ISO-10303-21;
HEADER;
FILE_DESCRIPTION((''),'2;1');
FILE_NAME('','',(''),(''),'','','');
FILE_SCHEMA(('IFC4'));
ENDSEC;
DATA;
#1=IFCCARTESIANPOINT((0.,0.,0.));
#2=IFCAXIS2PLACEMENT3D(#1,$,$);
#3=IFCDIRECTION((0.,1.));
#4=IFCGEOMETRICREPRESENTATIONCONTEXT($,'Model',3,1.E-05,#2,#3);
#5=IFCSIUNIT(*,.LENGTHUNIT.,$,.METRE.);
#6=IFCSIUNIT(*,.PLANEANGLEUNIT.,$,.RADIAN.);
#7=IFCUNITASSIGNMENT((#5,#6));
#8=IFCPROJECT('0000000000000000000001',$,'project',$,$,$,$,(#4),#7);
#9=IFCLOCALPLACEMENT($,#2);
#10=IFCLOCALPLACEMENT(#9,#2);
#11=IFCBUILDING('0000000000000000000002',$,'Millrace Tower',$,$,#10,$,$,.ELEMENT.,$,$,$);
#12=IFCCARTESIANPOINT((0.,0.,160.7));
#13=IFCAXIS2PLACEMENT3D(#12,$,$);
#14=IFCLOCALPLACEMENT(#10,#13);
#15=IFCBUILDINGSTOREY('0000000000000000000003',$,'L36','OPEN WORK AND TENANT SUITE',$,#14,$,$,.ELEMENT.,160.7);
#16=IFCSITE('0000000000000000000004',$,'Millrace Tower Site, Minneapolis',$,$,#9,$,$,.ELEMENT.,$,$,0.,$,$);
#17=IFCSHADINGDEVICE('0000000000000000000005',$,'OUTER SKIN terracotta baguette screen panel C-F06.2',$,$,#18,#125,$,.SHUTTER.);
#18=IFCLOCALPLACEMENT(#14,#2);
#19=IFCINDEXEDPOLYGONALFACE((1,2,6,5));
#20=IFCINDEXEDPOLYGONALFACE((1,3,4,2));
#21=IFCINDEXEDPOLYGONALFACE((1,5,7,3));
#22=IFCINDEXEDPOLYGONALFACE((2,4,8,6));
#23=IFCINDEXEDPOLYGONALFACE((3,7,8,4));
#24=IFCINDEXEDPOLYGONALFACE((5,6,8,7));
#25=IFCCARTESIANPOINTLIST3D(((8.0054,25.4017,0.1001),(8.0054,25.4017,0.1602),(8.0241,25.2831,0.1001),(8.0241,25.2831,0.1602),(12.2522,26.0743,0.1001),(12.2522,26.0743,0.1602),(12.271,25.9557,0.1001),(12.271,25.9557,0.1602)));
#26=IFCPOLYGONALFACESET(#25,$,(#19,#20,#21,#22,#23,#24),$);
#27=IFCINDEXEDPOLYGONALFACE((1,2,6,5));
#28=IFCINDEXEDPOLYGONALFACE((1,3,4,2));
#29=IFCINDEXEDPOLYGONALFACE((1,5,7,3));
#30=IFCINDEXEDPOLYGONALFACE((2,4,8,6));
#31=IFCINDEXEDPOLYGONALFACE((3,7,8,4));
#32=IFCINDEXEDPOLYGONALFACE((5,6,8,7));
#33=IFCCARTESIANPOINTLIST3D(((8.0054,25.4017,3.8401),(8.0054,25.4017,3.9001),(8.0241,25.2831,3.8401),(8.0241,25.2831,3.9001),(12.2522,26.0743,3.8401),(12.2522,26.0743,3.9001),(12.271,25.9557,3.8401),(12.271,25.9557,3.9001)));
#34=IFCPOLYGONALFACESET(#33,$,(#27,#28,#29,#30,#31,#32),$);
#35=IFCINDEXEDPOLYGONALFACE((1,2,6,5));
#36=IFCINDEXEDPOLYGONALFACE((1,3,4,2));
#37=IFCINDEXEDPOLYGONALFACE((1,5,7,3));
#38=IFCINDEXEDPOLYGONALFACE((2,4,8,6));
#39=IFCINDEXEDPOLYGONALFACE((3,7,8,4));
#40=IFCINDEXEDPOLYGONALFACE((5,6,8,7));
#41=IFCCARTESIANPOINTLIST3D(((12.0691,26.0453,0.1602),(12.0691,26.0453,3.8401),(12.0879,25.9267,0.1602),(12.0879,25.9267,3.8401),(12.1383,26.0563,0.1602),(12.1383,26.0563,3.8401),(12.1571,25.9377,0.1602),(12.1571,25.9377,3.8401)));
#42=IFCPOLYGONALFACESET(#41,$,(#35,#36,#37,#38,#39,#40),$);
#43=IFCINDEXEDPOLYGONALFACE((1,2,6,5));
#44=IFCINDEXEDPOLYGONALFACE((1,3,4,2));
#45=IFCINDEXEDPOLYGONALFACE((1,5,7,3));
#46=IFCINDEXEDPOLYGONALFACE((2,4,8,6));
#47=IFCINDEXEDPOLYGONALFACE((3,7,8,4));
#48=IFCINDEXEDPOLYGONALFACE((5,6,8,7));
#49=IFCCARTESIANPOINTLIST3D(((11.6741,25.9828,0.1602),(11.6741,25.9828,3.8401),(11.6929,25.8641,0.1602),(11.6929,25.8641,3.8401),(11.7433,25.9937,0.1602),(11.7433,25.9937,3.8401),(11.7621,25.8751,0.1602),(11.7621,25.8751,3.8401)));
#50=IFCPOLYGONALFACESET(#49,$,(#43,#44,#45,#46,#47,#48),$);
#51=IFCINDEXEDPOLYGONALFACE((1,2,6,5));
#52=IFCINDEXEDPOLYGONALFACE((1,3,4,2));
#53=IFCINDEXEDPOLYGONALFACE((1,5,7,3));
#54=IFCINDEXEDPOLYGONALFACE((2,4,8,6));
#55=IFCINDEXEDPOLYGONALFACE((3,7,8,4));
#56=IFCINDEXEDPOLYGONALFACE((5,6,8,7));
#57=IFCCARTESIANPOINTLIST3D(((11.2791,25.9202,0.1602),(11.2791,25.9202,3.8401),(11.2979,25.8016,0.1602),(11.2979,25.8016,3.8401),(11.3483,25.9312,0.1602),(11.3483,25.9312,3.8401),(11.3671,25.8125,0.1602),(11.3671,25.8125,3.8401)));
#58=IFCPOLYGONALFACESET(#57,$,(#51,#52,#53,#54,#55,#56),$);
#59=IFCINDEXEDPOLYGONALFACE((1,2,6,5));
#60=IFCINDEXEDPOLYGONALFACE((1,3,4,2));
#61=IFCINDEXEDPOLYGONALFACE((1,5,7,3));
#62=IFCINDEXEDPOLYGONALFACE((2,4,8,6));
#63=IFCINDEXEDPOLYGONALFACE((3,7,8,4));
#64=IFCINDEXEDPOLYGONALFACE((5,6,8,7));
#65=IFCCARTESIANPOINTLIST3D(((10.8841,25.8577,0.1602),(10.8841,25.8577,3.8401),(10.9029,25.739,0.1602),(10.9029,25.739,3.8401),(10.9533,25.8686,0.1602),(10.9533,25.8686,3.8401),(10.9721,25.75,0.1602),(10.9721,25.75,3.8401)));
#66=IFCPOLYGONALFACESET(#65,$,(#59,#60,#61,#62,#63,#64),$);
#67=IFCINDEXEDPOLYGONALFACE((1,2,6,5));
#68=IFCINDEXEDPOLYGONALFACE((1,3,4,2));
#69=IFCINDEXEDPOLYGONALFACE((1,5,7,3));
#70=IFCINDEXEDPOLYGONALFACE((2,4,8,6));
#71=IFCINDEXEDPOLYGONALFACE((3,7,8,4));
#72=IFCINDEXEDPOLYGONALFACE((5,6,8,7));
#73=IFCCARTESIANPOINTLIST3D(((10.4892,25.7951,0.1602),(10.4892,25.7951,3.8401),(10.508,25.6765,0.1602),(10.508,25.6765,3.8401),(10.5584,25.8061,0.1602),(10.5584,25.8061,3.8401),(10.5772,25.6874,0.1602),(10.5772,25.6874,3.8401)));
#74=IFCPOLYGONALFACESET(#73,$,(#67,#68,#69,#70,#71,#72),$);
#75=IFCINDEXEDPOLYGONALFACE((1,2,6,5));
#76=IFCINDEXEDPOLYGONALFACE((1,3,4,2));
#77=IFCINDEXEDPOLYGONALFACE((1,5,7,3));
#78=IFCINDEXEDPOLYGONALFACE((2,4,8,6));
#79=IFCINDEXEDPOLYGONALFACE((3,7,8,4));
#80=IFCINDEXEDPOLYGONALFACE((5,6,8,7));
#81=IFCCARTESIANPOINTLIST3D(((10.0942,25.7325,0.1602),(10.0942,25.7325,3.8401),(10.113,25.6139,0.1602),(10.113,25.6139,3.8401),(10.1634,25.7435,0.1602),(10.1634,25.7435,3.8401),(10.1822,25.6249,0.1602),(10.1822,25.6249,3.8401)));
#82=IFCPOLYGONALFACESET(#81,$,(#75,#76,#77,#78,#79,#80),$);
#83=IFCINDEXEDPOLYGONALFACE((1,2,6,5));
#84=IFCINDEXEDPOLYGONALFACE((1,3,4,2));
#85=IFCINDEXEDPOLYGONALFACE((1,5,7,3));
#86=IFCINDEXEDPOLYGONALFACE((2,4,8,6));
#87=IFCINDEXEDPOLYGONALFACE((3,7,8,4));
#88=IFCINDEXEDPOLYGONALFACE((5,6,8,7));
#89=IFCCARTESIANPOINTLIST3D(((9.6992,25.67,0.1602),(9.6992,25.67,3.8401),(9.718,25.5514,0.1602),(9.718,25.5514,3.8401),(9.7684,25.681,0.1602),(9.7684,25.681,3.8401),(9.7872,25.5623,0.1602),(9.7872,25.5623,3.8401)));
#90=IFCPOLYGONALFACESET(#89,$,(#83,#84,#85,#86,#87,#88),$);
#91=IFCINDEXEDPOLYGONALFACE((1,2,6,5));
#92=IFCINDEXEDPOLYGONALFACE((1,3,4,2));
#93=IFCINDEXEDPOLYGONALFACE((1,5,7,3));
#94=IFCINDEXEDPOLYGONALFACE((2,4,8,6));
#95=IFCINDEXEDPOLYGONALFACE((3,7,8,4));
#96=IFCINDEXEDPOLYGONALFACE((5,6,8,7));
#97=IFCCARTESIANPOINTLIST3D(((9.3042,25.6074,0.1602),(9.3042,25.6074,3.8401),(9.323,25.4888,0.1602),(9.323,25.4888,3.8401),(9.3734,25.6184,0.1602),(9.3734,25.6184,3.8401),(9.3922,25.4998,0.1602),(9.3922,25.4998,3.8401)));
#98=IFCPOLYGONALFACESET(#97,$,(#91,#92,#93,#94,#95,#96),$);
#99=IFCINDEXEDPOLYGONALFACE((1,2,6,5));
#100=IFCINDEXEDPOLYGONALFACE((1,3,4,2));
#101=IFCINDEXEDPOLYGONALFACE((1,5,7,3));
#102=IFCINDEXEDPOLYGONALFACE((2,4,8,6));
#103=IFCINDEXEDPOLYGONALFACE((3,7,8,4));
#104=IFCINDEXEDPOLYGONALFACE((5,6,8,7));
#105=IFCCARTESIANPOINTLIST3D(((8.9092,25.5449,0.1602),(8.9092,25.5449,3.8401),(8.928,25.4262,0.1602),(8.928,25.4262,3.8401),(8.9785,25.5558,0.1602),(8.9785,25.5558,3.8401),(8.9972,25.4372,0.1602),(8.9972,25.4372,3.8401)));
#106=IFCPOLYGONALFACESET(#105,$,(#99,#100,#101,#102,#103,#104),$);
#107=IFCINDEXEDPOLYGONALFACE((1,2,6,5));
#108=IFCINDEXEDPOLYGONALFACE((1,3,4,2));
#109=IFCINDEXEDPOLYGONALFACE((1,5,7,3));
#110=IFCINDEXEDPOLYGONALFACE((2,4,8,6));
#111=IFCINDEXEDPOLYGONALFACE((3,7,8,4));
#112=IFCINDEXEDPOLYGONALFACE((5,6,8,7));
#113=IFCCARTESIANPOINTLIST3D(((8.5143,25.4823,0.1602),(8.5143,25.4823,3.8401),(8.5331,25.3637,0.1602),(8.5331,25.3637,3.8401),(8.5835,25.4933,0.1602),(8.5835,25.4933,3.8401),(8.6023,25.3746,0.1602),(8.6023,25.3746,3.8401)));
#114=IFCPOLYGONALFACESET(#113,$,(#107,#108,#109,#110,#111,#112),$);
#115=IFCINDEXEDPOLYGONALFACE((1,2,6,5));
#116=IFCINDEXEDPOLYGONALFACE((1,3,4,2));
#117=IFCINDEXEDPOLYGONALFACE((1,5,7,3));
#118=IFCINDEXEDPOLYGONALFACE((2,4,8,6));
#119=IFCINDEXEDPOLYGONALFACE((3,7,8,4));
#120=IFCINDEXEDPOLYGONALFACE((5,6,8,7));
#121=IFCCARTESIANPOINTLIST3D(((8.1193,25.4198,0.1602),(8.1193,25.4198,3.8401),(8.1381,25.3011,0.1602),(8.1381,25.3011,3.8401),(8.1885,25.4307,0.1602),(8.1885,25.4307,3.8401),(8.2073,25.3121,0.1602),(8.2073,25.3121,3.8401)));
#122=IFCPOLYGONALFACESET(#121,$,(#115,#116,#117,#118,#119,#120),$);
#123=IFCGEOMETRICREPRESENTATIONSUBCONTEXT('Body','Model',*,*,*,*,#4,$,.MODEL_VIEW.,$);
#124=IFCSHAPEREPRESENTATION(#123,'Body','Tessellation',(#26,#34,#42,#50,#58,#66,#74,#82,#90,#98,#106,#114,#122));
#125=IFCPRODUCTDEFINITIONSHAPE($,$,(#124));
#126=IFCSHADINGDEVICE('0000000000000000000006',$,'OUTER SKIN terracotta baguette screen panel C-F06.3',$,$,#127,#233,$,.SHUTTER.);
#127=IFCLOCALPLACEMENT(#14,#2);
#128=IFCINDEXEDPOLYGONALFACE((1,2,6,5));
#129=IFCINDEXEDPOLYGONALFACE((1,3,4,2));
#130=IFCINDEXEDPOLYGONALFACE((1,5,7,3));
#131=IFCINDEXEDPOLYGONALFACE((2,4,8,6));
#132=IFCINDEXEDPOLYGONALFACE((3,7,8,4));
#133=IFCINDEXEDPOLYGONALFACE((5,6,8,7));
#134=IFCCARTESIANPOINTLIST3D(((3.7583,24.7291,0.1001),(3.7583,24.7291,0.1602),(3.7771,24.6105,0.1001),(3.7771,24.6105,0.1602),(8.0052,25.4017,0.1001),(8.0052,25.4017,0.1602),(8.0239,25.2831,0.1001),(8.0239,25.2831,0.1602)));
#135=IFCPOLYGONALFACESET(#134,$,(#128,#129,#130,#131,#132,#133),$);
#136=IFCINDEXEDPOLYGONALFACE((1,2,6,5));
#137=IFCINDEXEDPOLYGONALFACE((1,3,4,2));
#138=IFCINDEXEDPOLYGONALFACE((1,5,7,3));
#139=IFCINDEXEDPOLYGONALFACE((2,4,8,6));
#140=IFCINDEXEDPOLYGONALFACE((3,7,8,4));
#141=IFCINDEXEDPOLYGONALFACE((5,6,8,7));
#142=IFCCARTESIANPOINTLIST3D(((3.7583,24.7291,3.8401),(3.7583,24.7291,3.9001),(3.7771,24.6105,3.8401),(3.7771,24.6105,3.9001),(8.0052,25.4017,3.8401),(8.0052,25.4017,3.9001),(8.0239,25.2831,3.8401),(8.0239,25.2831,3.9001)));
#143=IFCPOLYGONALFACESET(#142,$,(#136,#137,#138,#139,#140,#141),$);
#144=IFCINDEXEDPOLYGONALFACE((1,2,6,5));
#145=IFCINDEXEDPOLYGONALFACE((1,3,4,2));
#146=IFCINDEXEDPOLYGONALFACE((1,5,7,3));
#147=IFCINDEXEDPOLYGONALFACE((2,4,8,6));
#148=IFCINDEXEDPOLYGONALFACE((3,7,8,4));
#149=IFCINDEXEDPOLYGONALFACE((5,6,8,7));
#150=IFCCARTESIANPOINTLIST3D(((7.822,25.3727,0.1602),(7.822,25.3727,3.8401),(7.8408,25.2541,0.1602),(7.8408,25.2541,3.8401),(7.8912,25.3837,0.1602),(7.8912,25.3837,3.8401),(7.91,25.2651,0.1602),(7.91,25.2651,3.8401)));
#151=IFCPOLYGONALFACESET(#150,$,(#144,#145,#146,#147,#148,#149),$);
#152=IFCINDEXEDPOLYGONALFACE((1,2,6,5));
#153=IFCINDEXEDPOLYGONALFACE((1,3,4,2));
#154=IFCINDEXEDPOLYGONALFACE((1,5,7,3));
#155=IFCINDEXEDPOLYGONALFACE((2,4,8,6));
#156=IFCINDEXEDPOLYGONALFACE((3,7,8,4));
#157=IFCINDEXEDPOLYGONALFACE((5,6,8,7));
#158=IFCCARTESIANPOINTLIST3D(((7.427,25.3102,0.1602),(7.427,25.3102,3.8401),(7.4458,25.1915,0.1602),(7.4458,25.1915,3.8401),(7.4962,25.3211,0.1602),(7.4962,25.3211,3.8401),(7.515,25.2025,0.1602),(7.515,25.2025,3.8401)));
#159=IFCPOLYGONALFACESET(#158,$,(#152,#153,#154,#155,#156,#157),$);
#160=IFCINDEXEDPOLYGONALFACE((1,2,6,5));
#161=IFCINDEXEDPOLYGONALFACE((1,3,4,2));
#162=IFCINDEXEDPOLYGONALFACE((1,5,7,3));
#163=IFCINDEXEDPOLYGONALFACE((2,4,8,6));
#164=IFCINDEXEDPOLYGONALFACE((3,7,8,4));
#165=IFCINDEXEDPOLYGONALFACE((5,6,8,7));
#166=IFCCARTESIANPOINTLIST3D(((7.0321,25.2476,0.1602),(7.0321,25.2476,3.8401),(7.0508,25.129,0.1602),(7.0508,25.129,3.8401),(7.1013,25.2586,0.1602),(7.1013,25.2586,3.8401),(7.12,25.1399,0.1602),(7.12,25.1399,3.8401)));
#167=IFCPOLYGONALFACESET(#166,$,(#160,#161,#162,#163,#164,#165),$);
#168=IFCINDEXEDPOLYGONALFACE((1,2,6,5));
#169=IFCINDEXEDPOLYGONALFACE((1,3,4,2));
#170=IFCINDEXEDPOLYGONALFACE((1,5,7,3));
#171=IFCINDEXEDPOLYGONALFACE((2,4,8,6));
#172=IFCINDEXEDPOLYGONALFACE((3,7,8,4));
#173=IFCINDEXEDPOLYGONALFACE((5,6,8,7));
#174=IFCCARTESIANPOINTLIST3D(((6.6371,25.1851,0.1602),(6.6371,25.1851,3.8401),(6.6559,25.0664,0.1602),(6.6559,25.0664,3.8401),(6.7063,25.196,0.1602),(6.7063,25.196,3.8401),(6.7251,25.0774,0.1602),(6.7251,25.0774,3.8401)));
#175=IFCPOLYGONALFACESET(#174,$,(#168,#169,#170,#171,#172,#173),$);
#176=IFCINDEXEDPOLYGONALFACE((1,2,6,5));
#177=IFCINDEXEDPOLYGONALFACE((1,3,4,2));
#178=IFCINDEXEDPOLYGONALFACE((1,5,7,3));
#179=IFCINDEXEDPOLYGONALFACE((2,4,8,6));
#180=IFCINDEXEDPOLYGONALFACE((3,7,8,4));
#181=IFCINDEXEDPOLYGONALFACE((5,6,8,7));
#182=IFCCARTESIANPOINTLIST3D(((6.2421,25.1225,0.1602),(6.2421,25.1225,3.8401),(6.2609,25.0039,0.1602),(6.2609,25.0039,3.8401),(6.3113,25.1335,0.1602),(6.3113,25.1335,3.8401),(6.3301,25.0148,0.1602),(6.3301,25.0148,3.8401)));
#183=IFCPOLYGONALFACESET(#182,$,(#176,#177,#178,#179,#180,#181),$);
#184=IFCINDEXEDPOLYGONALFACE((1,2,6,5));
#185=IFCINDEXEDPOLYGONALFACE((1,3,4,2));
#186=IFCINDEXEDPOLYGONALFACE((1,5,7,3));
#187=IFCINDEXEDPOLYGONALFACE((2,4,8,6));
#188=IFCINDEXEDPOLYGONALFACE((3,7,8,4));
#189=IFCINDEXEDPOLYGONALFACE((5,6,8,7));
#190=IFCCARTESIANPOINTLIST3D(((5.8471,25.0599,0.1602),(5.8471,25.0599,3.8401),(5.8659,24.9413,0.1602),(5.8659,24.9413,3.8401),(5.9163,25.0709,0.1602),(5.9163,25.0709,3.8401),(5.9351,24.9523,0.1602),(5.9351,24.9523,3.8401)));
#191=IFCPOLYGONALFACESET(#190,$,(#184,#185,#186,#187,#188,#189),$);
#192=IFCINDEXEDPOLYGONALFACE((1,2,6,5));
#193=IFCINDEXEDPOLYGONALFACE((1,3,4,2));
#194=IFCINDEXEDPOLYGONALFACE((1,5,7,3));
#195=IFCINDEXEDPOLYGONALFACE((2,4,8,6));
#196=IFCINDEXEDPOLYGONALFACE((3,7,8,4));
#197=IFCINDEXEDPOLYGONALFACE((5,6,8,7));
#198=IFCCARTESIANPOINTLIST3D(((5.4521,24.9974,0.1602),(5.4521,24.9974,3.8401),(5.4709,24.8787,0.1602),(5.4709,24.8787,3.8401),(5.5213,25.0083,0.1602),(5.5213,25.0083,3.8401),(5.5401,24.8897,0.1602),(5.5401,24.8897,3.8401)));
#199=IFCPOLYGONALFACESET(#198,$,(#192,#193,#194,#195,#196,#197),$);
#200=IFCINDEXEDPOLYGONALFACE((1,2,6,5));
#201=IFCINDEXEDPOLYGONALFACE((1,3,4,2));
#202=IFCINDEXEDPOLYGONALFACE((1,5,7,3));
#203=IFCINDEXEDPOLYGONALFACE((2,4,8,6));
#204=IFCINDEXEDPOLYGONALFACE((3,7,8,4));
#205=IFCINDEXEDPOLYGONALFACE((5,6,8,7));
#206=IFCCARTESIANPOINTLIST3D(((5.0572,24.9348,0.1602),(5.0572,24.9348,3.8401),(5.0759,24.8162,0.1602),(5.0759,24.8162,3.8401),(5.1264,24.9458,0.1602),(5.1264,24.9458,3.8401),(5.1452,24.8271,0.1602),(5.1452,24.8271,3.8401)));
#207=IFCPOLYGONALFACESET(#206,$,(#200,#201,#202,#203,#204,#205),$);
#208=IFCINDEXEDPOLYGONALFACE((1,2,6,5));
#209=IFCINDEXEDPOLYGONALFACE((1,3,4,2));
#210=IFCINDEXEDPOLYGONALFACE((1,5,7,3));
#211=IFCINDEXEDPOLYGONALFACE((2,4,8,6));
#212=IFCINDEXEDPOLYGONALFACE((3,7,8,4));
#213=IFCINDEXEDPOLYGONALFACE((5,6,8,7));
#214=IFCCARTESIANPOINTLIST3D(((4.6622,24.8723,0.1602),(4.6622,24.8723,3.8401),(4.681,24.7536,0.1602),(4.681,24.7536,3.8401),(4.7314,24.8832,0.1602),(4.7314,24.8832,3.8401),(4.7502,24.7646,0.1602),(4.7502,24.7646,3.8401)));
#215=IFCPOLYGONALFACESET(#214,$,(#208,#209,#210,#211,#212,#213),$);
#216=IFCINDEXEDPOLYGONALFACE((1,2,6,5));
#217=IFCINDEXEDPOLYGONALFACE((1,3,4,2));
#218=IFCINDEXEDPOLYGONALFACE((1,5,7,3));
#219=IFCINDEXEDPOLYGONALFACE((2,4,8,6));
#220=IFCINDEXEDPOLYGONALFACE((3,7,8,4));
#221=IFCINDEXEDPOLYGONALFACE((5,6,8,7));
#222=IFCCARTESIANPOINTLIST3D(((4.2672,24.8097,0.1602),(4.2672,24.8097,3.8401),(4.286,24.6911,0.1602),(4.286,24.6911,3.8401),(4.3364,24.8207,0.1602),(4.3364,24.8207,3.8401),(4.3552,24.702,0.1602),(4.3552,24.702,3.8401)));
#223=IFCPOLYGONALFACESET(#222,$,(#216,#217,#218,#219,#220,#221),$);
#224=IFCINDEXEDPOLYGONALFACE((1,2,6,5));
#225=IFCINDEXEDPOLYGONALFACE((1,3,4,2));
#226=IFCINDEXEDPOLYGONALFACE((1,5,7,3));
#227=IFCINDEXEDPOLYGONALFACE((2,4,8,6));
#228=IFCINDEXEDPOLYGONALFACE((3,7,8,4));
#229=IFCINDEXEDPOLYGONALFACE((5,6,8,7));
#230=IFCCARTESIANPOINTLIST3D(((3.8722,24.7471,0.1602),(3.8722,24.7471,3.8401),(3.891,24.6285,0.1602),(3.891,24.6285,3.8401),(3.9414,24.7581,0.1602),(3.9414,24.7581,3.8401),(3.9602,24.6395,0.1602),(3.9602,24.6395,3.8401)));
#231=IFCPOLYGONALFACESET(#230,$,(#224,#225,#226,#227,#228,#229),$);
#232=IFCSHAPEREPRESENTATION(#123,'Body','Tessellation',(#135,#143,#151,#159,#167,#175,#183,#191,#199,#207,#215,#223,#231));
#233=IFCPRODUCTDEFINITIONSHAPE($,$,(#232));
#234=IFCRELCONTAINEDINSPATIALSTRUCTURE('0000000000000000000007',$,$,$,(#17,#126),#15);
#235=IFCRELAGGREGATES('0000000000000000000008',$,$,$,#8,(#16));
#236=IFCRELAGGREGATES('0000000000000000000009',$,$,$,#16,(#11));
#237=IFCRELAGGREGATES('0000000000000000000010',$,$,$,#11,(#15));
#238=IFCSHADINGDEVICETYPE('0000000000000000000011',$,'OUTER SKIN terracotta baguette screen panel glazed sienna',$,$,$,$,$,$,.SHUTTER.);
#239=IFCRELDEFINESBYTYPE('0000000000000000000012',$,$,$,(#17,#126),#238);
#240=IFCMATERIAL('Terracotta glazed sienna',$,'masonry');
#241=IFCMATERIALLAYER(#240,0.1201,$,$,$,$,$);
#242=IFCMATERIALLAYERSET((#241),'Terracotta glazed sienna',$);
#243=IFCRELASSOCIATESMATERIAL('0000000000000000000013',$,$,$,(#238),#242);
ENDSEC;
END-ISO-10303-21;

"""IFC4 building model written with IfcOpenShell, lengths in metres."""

from ifc_helpers import new_model, entity, si_unit, direction, frame, frame_2d, origin, origin_2d, place, context, subcontext, project, spatial, rectangle, extrude, source, transform, mapped, material, layer, layer_set, type_object, element, save


model = new_model("IFC4")

# Units and contexts
model_context = context("Model", 3, precision=1e-05, world=origin(), true_north=direction((0.0, 1.0)))
body_context = subcontext(model_context, "Body", "Model", "MODEL_VIEW")
ifc_project = project(units=[si_unit("LENGTHUNIT", "METRE"), si_unit("PLANEANGLEUNIT", "RADIAN")], contexts=[model_context])

# Site, building, storey
site_placement = place(None, origin())
site = spatial("IfcSite", under=ifc_project, at=site_placement, Name="Millrace Tower Site, Minneapolis", CompositionType="ELEMENT", RefElevation=0.0)
building_placement = place(site_placement, origin())
building = spatial("IfcBuilding", under=site, at=building_placement, Name="Millrace Tower", CompositionType="ELEMENT")
storey_placement = place(building_placement, frame((0.0, 0.0, 160.7)))
storey = spatial("IfcBuildingStorey", under=building, at=storey_placement, Name="L36", Description="OPEN WORK AND TENANT SUITE", CompositionType="ELEMENT", Elevation=160.7)

# Shading devices
ifc_material_1 = material(Name="Terracotta glazed sienna", Category="masonry")
ifc_layer_1 = layer(ifc_material_1, 0.1201)
ifc_layer_set_1 = layer_set([ifc_layer_1], Name="Terracotta glazed sienna")
shading_device_type = type_object("IfcShadingDeviceType", Name="OUTER SKIN terracotta baguette screen panel glazed sienna", PredefinedType="SHUTTER", material=ifc_layer_set_1)
cartesian_point_1 = entity("IfcCartesianPoint", [-2.1499, 0.0601])
shared_polyline_1 = entity("IfcPolyline", [cartesian_point_1, entity("IfcCartesianPoint", [2.1499, 0.0601]), entity("IfcCartesianPoint", [2.1499, -0.0601]), entity("IfcCartesianPoint", [-2.1499, -0.0601]), cartesian_point_1])
shared_shape_1 = source(origin(), body_context, "Body", "SweptSolid", [
    entity("IfcExtrudedAreaSolid", entity("IfcArbitraryClosedProfileDef", "AREA", None, shared_polyline_1), entity("IfcAxis2Placement3D", entity("IfcCartesianPoint", [0.0, 0.0, 0.0])), entity("IfcDirection", [0.0, 0.0, 1.0]), 0.0601),
    entity("IfcExtrudedAreaSolid", entity("IfcArbitraryClosedProfileDef", "AREA", None, shared_polyline_1), entity("IfcAxis2Placement3D", entity("IfcCartesianPoint", [0.0, 0.0, 3.74])), entity("IfcDirection", [0.0, 0.0, 1.0]), 0.0601),
    extrude(rectangle(XDim=0.0701, YDim=0.1201, at=frame_2d((-1.9995, 0.0))), frame((0.0, 0.0, 0.0601)), (0.0, 0.0, 1.0), 3.6799),
    extrude(rectangle(XDim=0.0701, YDim=0.1201, at=frame_2d((-1.5996, 0.0))), frame((0.0, 0.0, 0.0601)), (0.0, 0.0, 1.0), 3.6799),
    extrude(rectangle(XDim=0.0701, YDim=0.1201, at=frame_2d((-1.1997, 0.0))), frame((0.0, 0.0, 0.0601)), (0.0, 0.0, 1.0), 3.6799),
    extrude(rectangle(XDim=0.0701, YDim=0.1201, at=frame_2d((-0.7998, 0.0))), frame((0.0, 0.0, 0.0601)), (0.0, 0.0, 1.0), 3.6799),
    extrude(rectangle(XDim=0.0701, YDim=0.1201, at=frame_2d((-0.3999, 0.0))), frame((0.0, 0.0, 0.0601)), (0.0, 0.0, 1.0), 3.6799),
    extrude(rectangle(XDim=0.0701, YDim=0.1201, at=origin_2d()), frame((0.0, 0.0, 0.0601)), (0.0, 0.0, 1.0), 3.6799),
    extrude(rectangle(XDim=0.0701, YDim=0.1201, at=frame_2d((0.3999, 0.0))), frame((0.0, 0.0, 0.0601)), (0.0, 0.0, 1.0), 3.6799),
    extrude(rectangle(XDim=0.0701, YDim=0.1201, at=frame_2d((0.7998, 0.0))), frame((0.0, 0.0, 0.0601)), (0.0, 0.0, 1.0), 3.6799),
    extrude(rectangle(XDim=0.0701, YDim=0.1201, at=frame_2d((1.1997, 0.0))), frame((0.0, 0.0, 0.0601)), (0.0, 0.0, 1.0), 3.6799),
    extrude(rectangle(XDim=0.0701, YDim=0.1201, at=frame_2d((1.5996, 0.0))), frame((0.0, 0.0, 0.0601)), (0.0, 0.0, 1.0), 3.6799),
    extrude(rectangle(XDim=0.0701, YDim=0.1201, at=frame_2d((1.9995, 0.0))), frame((0.0, 0.0, 0.0601)), (0.0, 0.0, 1.0), 3.6799),
])
for number, where, z_axis, x_axis, name in (
    (1, (10.1382, 25.6787, 0.1001), (0.0, 0.0, 1.0), (-0.987688, -0.156434, 0.0), "OUTER SKIN terracotta baguette screen panel C-F06.2"),
    (2, (5.8911, 25.0061, 0.1001), (0.0, 0.0, 1.0), (-0.987688, -0.156434, 0.0), "OUTER SKIN terracotta baguette screen panel C-F06.3"),
):
    element("IfcShadingDevice", number, at=place(storey_placement, frame(where, z_axis=z_axis, x_axis=x_axis)), inside=storey, type_object=shading_device_type, Name=name, PredefinedType="SHUTTER", context=body_context, shape_type="MappedRepresentation", body=[
        mapped(shared_shape_1, transform((0.0, 0.0, 0.0), scale=1.0)),
    ])

save(model, "model.ifc")
